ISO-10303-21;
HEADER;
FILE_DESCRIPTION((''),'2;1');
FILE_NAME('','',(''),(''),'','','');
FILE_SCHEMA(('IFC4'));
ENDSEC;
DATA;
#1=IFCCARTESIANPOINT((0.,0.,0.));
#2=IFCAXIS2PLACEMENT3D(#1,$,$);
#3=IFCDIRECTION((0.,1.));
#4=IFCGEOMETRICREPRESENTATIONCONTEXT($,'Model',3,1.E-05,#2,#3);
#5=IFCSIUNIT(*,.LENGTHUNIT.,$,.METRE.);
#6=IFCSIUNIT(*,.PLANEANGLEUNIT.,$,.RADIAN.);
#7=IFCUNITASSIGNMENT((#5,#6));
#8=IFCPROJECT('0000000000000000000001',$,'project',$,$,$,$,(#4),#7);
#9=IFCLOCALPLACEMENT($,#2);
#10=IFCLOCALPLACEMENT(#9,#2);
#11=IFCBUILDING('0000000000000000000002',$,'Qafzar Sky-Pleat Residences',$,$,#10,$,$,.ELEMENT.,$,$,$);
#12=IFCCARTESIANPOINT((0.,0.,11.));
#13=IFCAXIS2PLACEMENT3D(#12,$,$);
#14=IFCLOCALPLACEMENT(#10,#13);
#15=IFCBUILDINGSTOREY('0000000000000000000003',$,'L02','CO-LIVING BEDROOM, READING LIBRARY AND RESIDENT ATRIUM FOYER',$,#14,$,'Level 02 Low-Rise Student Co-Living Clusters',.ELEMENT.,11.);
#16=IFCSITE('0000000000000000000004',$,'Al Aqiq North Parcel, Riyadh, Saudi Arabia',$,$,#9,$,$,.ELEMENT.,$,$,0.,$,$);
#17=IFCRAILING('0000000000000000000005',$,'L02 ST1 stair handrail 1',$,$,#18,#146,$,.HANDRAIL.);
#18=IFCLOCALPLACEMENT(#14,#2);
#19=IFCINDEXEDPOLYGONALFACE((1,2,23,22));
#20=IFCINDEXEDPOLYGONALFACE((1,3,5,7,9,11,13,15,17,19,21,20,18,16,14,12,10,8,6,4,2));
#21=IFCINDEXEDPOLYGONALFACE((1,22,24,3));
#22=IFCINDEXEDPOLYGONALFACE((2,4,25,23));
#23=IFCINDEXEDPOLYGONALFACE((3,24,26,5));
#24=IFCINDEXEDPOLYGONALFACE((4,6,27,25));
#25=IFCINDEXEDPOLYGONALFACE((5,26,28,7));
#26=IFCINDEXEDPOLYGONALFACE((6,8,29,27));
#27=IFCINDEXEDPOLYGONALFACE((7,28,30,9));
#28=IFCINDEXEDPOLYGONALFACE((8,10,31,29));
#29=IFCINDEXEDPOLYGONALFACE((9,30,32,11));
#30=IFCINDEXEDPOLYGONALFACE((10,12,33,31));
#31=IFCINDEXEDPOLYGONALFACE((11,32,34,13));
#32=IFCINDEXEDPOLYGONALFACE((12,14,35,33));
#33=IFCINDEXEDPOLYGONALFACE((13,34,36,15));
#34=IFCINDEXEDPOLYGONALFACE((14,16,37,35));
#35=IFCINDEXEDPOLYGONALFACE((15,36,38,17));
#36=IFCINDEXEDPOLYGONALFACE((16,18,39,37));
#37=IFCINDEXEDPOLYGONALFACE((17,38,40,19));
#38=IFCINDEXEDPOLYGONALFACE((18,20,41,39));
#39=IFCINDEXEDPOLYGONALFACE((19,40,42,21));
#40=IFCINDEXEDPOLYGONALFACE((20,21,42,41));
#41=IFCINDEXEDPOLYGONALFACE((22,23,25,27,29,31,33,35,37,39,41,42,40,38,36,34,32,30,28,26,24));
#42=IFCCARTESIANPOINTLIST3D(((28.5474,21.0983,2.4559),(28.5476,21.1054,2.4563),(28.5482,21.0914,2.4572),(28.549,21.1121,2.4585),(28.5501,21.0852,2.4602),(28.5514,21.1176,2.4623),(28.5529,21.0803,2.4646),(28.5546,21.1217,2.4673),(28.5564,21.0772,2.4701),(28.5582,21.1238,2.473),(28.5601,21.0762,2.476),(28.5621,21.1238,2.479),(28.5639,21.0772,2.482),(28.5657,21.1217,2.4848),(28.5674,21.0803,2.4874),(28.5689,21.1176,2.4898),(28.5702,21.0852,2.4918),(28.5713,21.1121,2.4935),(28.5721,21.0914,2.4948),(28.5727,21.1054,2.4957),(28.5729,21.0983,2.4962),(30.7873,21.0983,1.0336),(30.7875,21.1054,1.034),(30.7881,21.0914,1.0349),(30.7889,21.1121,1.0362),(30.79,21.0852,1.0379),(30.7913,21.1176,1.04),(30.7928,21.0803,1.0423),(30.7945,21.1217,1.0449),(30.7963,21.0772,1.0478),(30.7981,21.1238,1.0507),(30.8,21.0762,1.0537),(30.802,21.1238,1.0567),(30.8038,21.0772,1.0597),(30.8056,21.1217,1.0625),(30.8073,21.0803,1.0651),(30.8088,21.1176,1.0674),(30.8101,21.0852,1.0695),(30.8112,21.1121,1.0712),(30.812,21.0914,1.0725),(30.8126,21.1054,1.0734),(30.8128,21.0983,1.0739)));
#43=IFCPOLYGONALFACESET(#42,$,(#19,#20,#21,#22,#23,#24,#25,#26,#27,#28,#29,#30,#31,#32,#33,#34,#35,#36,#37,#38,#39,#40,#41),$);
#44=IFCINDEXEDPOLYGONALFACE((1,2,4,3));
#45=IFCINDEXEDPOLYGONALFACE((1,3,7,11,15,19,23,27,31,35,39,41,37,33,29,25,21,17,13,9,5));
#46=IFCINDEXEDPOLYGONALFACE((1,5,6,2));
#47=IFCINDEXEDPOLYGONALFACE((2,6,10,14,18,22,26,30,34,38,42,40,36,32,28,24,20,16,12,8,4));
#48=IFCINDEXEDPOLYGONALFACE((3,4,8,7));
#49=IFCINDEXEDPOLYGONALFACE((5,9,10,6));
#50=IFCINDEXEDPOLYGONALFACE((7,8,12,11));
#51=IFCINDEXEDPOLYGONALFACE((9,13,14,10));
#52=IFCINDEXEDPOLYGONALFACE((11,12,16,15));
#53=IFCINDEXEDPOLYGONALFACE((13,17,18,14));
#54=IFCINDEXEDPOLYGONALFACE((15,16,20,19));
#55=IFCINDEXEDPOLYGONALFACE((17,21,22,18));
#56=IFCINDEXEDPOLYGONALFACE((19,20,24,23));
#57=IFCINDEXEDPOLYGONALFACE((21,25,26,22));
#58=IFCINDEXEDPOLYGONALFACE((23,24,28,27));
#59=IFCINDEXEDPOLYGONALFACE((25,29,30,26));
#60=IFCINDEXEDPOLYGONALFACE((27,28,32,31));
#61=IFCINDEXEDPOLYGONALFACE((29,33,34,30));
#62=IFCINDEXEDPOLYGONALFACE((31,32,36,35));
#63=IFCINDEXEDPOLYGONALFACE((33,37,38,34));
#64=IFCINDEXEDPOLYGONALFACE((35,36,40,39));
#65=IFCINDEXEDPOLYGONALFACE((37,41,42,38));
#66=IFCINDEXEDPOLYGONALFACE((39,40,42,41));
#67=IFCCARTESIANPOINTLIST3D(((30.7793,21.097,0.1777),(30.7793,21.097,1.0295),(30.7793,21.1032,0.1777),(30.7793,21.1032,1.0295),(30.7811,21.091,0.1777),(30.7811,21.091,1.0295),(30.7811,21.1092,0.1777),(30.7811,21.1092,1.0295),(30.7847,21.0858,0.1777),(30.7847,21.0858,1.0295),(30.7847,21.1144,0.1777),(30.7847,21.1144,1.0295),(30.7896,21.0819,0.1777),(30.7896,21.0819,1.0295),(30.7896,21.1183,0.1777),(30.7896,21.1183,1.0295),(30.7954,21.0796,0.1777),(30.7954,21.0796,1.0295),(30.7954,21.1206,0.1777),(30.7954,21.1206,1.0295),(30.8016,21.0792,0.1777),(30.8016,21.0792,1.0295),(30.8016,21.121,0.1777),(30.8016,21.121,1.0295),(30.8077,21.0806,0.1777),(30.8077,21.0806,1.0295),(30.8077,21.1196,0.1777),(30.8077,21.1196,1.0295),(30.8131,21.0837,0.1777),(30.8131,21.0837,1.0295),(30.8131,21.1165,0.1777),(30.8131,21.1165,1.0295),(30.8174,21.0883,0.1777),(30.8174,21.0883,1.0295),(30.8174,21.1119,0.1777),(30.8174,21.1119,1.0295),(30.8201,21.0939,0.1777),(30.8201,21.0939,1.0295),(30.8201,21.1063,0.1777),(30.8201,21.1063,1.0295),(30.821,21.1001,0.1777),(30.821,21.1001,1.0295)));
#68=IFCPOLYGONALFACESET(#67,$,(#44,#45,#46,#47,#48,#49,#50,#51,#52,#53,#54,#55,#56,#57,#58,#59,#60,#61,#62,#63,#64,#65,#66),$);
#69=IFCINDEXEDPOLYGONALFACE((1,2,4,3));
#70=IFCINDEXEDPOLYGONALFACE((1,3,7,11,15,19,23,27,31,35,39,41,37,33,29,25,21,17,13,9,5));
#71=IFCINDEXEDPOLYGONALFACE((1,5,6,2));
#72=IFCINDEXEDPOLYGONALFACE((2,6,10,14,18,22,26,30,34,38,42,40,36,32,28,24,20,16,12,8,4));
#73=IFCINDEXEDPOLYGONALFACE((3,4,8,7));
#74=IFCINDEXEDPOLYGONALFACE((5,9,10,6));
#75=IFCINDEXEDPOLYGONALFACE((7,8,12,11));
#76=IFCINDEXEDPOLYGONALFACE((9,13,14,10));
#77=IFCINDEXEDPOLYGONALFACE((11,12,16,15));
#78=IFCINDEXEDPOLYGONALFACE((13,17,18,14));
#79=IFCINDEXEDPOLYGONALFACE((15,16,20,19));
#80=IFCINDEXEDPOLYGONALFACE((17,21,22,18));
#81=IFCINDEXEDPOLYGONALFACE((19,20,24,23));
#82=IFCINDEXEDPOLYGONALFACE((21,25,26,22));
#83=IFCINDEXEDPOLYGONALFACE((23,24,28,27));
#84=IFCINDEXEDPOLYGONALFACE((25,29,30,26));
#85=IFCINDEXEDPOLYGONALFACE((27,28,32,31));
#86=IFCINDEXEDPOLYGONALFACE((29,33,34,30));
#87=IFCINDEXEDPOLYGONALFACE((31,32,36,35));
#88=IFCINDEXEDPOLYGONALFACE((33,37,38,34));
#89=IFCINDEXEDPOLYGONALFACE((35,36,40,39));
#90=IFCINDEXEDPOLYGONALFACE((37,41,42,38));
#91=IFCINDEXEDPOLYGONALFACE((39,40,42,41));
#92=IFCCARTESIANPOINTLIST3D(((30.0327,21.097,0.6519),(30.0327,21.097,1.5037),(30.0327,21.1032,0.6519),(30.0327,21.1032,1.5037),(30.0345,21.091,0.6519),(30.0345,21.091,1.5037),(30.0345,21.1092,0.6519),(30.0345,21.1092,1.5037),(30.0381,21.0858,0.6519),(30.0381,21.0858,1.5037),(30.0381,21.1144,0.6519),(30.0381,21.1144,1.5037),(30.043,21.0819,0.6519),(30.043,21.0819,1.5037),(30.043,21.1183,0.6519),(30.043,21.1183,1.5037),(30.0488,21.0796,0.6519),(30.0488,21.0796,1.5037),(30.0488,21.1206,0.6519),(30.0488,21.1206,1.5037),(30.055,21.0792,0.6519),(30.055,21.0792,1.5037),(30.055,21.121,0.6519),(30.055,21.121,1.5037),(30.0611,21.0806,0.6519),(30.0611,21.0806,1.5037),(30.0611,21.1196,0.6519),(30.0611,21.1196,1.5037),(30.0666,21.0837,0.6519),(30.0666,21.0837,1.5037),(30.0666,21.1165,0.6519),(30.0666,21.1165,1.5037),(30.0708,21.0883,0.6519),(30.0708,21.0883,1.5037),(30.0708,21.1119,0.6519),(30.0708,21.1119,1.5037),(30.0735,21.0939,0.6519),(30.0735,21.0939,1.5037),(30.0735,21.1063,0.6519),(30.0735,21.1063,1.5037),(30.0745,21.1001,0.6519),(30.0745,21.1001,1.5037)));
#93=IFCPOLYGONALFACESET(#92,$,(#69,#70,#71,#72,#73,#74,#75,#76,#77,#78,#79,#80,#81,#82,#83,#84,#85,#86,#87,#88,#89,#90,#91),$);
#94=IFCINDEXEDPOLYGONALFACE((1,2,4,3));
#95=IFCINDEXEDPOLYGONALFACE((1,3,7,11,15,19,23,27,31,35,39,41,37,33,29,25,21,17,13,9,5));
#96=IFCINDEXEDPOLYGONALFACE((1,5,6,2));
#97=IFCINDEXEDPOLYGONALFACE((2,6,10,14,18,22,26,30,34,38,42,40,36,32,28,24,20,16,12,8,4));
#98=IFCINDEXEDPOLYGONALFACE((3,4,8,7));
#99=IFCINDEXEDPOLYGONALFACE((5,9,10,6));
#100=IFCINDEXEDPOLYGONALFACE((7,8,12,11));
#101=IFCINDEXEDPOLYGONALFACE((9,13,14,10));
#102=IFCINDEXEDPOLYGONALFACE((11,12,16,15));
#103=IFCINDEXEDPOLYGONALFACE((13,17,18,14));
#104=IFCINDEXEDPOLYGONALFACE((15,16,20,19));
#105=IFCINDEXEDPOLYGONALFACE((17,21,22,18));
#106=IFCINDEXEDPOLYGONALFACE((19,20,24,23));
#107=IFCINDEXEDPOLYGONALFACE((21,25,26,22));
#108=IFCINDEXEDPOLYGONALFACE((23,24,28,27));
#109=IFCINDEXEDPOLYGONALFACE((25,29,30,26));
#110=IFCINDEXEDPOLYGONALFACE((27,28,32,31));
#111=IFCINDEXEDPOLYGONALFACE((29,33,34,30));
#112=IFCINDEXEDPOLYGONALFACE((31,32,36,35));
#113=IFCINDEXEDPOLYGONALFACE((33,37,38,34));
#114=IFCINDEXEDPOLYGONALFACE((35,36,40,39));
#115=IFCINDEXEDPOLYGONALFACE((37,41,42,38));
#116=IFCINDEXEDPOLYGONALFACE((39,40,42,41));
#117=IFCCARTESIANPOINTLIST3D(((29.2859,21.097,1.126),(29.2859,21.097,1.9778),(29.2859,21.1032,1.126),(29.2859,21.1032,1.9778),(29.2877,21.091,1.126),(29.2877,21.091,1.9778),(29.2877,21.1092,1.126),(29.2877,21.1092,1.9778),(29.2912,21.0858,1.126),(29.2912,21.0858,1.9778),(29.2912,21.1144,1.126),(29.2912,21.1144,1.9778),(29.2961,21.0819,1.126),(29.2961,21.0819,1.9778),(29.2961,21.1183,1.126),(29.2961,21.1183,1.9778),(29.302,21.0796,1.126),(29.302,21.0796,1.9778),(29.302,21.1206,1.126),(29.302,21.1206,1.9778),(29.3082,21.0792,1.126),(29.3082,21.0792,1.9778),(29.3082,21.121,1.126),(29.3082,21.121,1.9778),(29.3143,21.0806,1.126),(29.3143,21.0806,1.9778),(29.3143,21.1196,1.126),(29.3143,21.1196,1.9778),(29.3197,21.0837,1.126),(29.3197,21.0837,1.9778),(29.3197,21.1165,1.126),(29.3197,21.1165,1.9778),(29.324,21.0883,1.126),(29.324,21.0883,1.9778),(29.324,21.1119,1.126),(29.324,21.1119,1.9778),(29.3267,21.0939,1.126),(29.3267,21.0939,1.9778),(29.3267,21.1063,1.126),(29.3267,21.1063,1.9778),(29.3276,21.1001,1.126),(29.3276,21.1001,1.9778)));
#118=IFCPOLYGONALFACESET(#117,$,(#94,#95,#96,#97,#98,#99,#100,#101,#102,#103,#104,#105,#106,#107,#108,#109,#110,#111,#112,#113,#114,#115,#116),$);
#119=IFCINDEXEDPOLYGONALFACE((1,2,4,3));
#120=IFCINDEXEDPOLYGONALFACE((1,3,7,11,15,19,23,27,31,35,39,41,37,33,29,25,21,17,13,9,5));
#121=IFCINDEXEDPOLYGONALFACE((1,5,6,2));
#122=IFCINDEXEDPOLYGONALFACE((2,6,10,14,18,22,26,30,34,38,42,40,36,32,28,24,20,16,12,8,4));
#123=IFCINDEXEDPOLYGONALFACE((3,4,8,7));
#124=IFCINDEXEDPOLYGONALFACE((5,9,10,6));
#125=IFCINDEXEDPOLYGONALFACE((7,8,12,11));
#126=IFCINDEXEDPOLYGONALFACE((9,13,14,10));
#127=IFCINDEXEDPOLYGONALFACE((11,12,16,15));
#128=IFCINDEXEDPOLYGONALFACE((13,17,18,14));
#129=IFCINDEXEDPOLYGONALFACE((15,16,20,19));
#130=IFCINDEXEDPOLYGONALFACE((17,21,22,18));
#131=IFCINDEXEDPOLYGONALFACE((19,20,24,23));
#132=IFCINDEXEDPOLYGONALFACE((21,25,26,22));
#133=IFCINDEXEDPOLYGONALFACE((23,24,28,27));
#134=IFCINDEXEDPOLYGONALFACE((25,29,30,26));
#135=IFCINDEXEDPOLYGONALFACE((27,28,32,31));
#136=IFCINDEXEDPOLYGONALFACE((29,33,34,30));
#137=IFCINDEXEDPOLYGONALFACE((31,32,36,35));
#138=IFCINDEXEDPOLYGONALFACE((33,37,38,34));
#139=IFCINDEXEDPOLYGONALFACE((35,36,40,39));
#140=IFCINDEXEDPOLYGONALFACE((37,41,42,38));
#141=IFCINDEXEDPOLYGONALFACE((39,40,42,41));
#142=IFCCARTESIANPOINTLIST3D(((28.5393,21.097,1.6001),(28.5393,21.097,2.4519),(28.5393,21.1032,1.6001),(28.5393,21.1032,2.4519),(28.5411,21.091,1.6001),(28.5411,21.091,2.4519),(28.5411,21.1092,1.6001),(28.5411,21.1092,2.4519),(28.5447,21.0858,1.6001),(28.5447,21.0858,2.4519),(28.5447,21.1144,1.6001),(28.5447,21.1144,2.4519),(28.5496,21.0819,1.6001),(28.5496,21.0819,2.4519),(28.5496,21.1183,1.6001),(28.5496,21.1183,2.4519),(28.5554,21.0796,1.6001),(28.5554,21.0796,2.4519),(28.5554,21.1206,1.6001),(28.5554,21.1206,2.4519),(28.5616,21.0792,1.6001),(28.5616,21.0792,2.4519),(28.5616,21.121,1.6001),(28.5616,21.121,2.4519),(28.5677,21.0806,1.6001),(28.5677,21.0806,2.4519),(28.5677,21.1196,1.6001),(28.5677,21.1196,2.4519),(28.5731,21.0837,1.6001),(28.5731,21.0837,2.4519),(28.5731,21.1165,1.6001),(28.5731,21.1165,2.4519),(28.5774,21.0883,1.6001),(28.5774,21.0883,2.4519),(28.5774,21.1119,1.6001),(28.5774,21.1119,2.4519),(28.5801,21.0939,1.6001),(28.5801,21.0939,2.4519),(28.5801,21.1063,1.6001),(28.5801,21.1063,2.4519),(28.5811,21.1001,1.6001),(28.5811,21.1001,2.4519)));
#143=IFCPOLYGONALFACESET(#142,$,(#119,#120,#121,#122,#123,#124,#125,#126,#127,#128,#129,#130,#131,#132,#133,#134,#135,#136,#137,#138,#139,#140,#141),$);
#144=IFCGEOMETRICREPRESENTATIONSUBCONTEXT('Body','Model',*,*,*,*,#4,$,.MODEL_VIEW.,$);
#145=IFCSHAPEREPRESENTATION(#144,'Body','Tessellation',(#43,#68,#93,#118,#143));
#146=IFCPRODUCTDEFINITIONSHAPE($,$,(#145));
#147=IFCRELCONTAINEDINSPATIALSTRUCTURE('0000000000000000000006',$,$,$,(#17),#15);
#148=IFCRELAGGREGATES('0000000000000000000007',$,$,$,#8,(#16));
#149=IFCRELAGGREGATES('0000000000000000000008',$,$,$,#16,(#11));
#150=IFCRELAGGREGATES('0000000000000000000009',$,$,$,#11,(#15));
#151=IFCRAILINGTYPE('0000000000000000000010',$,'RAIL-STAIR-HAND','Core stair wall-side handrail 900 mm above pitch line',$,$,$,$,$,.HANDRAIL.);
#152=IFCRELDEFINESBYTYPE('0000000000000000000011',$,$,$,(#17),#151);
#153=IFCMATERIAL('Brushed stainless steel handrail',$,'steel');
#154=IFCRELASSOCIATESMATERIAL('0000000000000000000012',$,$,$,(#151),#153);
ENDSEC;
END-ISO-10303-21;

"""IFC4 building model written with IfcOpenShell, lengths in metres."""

from ifc_helpers import new_model, si_unit, direction, frame, origin, origin_2d, place, context, subcontext, project, spatial, circle, extrude, source, transform, mapped, material, type_object, element, save


model = new_model("IFC4")

# Units and contexts
model_context = context("Model", 3, precision=1e-05, world=origin(), true_north=direction((0.0, 1.0)))
body_context = subcontext(model_context, "Body", "Model", "MODEL_VIEW")
ifc_project = project(units=[si_unit("LENGTHUNIT", "METRE"), si_unit("PLANEANGLEUNIT", "RADIAN")], contexts=[model_context])

# Site, building, storey
site_placement = place(None, origin())
site = spatial("IfcSite", under=ifc_project, at=site_placement, Name="Al Aqiq North Parcel, Riyadh, Saudi Arabia", CompositionType="ELEMENT", RefElevation=0.0)
building_placement = place(site_placement, origin())
building = spatial("IfcBuilding", under=site, at=building_placement, Name="Qafzar Sky-Pleat Residences", CompositionType="ELEMENT")
storey_placement = place(building_placement, frame((0.0, 0.0, 11.0)))
storey = spatial("IfcBuildingStorey", under=building, at=storey_placement, Name="L02", Description="CO-LIVING BEDROOM, READING LIBRARY AND RESIDENT ATRIUM FOYER", LongName="Level 02 Low-Rise Student Co-Living Clusters", CompositionType="ELEMENT", Elevation=11.0)

# Railing
ifc_material_1 = material(Name="Brushed stainless steel handrail", Category="steel")
railing_type_1 = type_object("IfcRailingType", Name="RAIL-STAIR-HAND", Description="Core stair wall-side handrail 900 mm above pitch line", PredefinedType="HANDRAIL", material=ifc_material_1)
shared_shape_1 = source(origin(), body_context, "Body", "SweptSolid", [
    extrude(circle(Radius=0.0239, at=origin_2d()), frame((0.0, 0.0, 0.876), z_axis=(-0.844188, 0.0, 0.536048), x_axis=(0.0, -1.0, 0.0)), (0.0, 0.0, 1.0), 2.6533),
    extrude(circle(Radius=0.021, at=origin_2d()), origin(), (0.0, 0.0, 1.0), 0.8518),
    extrude(circle(Radius=0.021, at=origin_2d()), frame((-0.7466, 0.0, 0.4741)), (0.0, 0.0, 1.0), 0.8518),
    extrude(circle(Radius=0.021, at=origin_2d()), frame((-1.4934, 0.0, 0.9482)), (0.0, 0.0, 1.0), 0.8518),
    extrude(circle(Radius=0.021, at=origin_2d()), frame((-2.24, 0.0, 1.4224)), (0.0, 0.0, 1.0), 0.8518),
])
railing_1_placement = place(storey_placement, frame((30.8, 21.1001, 0.1777)))
element("IfcRailing", 1, at=railing_1_placement, inside=storey, type_object=railing_type_1, Name="L02 ST1 stair handrail 1", PredefinedType="HANDRAIL", context=body_context, shape_type="MappedRepresentation", body=[
    mapped(shared_shape_1, transform((0.0, 0.0, 0.0), x_axis=(1.0, 0.0, 0.0), y_axis=(0.0, 1.0, 0.0), z_axis=(0.0, 0.0, 1.0), scale=1.0)),
])

save(model, "model.ifc")
